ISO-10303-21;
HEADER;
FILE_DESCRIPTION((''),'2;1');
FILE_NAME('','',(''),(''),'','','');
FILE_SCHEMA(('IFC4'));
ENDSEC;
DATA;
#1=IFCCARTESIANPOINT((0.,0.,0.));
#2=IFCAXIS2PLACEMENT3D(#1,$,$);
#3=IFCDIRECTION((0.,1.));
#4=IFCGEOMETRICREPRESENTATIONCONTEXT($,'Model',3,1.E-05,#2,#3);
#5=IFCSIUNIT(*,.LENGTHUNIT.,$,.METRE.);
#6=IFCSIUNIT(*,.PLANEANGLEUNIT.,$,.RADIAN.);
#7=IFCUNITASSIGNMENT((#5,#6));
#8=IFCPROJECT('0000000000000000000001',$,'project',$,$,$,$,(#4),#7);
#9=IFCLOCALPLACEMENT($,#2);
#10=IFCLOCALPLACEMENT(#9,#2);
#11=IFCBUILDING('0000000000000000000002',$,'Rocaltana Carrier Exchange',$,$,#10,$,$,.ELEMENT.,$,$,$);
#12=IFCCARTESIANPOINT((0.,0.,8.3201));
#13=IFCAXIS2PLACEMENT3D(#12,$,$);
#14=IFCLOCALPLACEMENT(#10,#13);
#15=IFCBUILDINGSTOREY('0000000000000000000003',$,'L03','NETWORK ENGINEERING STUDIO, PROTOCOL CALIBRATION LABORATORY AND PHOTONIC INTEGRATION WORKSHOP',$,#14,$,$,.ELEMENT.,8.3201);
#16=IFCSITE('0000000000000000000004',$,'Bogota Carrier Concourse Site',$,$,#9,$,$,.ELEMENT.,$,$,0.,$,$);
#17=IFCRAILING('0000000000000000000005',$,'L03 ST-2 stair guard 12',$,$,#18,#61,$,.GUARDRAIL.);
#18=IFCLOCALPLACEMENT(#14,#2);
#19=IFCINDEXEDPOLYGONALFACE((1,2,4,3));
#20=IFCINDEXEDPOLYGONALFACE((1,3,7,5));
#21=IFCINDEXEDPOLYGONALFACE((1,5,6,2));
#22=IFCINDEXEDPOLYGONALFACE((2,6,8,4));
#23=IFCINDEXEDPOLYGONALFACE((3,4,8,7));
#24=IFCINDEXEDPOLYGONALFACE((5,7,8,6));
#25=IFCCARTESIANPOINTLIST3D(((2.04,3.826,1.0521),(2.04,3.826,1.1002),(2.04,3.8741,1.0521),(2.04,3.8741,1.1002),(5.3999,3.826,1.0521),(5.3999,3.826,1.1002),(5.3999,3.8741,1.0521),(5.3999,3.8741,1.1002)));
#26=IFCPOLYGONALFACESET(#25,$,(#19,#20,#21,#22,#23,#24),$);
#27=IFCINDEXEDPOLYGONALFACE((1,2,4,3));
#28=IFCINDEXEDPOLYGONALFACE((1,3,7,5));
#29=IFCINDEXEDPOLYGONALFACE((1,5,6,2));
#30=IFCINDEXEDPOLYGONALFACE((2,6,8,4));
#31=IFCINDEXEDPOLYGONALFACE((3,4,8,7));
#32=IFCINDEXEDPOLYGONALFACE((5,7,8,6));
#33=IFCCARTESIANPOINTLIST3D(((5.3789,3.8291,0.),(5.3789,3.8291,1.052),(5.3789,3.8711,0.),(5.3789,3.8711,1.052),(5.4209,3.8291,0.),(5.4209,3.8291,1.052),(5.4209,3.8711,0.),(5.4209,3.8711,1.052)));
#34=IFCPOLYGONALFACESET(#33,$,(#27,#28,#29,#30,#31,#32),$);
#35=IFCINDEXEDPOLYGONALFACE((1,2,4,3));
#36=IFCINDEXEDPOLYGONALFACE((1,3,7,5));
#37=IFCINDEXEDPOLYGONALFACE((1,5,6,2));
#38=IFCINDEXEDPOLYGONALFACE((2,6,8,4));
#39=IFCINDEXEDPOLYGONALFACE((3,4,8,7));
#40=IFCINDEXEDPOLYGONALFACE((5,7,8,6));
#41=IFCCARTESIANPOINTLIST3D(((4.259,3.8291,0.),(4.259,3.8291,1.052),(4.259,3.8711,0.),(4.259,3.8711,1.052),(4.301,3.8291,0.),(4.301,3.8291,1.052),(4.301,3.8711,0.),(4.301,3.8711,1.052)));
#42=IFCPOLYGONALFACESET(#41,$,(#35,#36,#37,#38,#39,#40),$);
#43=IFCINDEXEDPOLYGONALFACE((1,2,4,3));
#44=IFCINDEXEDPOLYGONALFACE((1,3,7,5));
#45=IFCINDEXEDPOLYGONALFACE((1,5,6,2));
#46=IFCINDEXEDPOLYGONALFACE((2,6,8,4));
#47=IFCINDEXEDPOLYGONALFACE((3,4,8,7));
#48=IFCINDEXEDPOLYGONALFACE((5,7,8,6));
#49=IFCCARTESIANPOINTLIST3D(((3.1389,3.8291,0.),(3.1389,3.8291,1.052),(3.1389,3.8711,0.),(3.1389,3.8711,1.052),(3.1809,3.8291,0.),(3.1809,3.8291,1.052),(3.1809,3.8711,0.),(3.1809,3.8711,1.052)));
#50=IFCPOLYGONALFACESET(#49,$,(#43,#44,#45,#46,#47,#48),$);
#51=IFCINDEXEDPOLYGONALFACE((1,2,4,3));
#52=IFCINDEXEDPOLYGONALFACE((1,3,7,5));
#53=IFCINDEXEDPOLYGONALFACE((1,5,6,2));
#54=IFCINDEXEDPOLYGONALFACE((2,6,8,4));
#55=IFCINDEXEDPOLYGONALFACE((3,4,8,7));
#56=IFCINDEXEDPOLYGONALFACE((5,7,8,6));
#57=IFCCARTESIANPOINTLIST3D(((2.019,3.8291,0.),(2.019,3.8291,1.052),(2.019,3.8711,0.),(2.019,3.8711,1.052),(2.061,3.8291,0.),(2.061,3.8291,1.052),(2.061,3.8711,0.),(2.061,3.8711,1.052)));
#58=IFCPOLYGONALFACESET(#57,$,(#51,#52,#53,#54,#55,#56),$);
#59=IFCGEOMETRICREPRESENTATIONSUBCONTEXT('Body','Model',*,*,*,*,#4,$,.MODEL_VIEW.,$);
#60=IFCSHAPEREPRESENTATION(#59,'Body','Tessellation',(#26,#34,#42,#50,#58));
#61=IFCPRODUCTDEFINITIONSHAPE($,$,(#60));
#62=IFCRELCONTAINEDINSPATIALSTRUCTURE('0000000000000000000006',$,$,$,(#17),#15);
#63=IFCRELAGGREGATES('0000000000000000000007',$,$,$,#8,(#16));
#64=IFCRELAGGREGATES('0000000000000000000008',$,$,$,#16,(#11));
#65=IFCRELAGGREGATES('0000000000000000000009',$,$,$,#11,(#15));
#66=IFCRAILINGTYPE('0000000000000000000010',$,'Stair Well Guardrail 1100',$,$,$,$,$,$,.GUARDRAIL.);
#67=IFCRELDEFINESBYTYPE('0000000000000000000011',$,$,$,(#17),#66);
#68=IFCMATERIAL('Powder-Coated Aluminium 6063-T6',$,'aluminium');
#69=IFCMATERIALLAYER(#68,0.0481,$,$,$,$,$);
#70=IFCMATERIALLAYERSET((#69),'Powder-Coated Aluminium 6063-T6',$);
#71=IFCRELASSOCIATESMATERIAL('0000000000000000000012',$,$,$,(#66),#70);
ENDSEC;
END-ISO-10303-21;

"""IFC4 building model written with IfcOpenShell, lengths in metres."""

from ifc_helpers import new_model, si_unit, direction, frame, origin, origin_2d, place, context, subcontext, project, spatial, rectangle, extrude, material, layer, layer_set, type_object, element, save


model = new_model("IFC4")

# Units and contexts
model_context = context("Model", 3, precision=1e-05, world=origin(), true_north=direction((0.0, 1.0)))
body_context = subcontext(model_context, "Body", "Model", "MODEL_VIEW")
ifc_project = project(units=[si_unit("LENGTHUNIT", "METRE"), si_unit("PLANEANGLEUNIT", "RADIAN")], contexts=[model_context])

# Site, building, storey
site_placement = place(None, origin())
site = spatial("IfcSite", under=ifc_project, at=site_placement, Name="Bogota Carrier Concourse Site", CompositionType="ELEMENT", RefElevation=0.0)
building_placement = place(site_placement, origin())
building = spatial("IfcBuilding", under=site, at=building_placement, Name="Rocaltana Carrier Exchange", CompositionType="ELEMENT")
storey_placement = place(building_placement, frame((0.0, 0.0, 8.3201)))
storey = spatial("IfcBuildingStorey", under=building, at=storey_placement, Name="L03", Description="NETWORK ENGINEERING STUDIO, PROTOCOL CALIBRATION LABORATORY AND PHOTONIC INTEGRATION WORKSHOP", CompositionType="ELEMENT", Elevation=8.3201)

# Railing
ifc_material_1 = material(Name="Powder-Coated Aluminium 6063-T6", Category="aluminium")
ifc_layer_1 = layer(ifc_material_1, 0.0481)
ifc_layer_set_1 = layer_set([ifc_layer_1], Name="Powder-Coated Aluminium 6063-T6")
railing_type_1 = type_object("IfcRailingType", Name="Stair Well Guardrail 1100", PredefinedType="GUARDRAIL", material=ifc_layer_set_1)
railing_1_placement = place(storey_placement, frame((5.3999, 3.8501, 0.0)))
element("IfcRailing", 1, at=railing_1_placement, inside=storey, type_object=railing_type_1, Name="L03 ST-2 stair guard 12", PredefinedType="GUARDRAIL", context=body_context, shape_type="SweptSolid", body=[
    extrude(rectangle(XDim=0.0481, YDim=0.0481, at=origin_2d()), frame((0.0, 0.0, 1.0762), z_axis=(-1.0, 0.0, 0.0), x_axis=(0.0, -1.0, 0.0)), (0.0, 0.0, 1.0), 3.3599),
    extrude(rectangle(XDim=0.042, YDim=0.042, at=origin_2d()), origin(), (0.0, 0.0, 1.0), 1.052),
    extrude(rectangle(XDim=0.042, YDim=0.042, at=origin_2d()), frame((-1.1199, 0.0, 0.0)), (0.0, 0.0, 1.0), 1.052),
    extrude(rectangle(XDim=0.042, YDim=0.042, at=origin_2d()), frame((-2.24, 0.0, 0.0)), (0.0, 0.0, 1.0), 1.052),
    extrude(rectangle(XDim=0.042, YDim=0.042, at=origin_2d()), frame((-3.3599, 0.0, 0.0)), (0.0, 0.0, 1.0), 1.052),
])

save(model, "model.ifc")
